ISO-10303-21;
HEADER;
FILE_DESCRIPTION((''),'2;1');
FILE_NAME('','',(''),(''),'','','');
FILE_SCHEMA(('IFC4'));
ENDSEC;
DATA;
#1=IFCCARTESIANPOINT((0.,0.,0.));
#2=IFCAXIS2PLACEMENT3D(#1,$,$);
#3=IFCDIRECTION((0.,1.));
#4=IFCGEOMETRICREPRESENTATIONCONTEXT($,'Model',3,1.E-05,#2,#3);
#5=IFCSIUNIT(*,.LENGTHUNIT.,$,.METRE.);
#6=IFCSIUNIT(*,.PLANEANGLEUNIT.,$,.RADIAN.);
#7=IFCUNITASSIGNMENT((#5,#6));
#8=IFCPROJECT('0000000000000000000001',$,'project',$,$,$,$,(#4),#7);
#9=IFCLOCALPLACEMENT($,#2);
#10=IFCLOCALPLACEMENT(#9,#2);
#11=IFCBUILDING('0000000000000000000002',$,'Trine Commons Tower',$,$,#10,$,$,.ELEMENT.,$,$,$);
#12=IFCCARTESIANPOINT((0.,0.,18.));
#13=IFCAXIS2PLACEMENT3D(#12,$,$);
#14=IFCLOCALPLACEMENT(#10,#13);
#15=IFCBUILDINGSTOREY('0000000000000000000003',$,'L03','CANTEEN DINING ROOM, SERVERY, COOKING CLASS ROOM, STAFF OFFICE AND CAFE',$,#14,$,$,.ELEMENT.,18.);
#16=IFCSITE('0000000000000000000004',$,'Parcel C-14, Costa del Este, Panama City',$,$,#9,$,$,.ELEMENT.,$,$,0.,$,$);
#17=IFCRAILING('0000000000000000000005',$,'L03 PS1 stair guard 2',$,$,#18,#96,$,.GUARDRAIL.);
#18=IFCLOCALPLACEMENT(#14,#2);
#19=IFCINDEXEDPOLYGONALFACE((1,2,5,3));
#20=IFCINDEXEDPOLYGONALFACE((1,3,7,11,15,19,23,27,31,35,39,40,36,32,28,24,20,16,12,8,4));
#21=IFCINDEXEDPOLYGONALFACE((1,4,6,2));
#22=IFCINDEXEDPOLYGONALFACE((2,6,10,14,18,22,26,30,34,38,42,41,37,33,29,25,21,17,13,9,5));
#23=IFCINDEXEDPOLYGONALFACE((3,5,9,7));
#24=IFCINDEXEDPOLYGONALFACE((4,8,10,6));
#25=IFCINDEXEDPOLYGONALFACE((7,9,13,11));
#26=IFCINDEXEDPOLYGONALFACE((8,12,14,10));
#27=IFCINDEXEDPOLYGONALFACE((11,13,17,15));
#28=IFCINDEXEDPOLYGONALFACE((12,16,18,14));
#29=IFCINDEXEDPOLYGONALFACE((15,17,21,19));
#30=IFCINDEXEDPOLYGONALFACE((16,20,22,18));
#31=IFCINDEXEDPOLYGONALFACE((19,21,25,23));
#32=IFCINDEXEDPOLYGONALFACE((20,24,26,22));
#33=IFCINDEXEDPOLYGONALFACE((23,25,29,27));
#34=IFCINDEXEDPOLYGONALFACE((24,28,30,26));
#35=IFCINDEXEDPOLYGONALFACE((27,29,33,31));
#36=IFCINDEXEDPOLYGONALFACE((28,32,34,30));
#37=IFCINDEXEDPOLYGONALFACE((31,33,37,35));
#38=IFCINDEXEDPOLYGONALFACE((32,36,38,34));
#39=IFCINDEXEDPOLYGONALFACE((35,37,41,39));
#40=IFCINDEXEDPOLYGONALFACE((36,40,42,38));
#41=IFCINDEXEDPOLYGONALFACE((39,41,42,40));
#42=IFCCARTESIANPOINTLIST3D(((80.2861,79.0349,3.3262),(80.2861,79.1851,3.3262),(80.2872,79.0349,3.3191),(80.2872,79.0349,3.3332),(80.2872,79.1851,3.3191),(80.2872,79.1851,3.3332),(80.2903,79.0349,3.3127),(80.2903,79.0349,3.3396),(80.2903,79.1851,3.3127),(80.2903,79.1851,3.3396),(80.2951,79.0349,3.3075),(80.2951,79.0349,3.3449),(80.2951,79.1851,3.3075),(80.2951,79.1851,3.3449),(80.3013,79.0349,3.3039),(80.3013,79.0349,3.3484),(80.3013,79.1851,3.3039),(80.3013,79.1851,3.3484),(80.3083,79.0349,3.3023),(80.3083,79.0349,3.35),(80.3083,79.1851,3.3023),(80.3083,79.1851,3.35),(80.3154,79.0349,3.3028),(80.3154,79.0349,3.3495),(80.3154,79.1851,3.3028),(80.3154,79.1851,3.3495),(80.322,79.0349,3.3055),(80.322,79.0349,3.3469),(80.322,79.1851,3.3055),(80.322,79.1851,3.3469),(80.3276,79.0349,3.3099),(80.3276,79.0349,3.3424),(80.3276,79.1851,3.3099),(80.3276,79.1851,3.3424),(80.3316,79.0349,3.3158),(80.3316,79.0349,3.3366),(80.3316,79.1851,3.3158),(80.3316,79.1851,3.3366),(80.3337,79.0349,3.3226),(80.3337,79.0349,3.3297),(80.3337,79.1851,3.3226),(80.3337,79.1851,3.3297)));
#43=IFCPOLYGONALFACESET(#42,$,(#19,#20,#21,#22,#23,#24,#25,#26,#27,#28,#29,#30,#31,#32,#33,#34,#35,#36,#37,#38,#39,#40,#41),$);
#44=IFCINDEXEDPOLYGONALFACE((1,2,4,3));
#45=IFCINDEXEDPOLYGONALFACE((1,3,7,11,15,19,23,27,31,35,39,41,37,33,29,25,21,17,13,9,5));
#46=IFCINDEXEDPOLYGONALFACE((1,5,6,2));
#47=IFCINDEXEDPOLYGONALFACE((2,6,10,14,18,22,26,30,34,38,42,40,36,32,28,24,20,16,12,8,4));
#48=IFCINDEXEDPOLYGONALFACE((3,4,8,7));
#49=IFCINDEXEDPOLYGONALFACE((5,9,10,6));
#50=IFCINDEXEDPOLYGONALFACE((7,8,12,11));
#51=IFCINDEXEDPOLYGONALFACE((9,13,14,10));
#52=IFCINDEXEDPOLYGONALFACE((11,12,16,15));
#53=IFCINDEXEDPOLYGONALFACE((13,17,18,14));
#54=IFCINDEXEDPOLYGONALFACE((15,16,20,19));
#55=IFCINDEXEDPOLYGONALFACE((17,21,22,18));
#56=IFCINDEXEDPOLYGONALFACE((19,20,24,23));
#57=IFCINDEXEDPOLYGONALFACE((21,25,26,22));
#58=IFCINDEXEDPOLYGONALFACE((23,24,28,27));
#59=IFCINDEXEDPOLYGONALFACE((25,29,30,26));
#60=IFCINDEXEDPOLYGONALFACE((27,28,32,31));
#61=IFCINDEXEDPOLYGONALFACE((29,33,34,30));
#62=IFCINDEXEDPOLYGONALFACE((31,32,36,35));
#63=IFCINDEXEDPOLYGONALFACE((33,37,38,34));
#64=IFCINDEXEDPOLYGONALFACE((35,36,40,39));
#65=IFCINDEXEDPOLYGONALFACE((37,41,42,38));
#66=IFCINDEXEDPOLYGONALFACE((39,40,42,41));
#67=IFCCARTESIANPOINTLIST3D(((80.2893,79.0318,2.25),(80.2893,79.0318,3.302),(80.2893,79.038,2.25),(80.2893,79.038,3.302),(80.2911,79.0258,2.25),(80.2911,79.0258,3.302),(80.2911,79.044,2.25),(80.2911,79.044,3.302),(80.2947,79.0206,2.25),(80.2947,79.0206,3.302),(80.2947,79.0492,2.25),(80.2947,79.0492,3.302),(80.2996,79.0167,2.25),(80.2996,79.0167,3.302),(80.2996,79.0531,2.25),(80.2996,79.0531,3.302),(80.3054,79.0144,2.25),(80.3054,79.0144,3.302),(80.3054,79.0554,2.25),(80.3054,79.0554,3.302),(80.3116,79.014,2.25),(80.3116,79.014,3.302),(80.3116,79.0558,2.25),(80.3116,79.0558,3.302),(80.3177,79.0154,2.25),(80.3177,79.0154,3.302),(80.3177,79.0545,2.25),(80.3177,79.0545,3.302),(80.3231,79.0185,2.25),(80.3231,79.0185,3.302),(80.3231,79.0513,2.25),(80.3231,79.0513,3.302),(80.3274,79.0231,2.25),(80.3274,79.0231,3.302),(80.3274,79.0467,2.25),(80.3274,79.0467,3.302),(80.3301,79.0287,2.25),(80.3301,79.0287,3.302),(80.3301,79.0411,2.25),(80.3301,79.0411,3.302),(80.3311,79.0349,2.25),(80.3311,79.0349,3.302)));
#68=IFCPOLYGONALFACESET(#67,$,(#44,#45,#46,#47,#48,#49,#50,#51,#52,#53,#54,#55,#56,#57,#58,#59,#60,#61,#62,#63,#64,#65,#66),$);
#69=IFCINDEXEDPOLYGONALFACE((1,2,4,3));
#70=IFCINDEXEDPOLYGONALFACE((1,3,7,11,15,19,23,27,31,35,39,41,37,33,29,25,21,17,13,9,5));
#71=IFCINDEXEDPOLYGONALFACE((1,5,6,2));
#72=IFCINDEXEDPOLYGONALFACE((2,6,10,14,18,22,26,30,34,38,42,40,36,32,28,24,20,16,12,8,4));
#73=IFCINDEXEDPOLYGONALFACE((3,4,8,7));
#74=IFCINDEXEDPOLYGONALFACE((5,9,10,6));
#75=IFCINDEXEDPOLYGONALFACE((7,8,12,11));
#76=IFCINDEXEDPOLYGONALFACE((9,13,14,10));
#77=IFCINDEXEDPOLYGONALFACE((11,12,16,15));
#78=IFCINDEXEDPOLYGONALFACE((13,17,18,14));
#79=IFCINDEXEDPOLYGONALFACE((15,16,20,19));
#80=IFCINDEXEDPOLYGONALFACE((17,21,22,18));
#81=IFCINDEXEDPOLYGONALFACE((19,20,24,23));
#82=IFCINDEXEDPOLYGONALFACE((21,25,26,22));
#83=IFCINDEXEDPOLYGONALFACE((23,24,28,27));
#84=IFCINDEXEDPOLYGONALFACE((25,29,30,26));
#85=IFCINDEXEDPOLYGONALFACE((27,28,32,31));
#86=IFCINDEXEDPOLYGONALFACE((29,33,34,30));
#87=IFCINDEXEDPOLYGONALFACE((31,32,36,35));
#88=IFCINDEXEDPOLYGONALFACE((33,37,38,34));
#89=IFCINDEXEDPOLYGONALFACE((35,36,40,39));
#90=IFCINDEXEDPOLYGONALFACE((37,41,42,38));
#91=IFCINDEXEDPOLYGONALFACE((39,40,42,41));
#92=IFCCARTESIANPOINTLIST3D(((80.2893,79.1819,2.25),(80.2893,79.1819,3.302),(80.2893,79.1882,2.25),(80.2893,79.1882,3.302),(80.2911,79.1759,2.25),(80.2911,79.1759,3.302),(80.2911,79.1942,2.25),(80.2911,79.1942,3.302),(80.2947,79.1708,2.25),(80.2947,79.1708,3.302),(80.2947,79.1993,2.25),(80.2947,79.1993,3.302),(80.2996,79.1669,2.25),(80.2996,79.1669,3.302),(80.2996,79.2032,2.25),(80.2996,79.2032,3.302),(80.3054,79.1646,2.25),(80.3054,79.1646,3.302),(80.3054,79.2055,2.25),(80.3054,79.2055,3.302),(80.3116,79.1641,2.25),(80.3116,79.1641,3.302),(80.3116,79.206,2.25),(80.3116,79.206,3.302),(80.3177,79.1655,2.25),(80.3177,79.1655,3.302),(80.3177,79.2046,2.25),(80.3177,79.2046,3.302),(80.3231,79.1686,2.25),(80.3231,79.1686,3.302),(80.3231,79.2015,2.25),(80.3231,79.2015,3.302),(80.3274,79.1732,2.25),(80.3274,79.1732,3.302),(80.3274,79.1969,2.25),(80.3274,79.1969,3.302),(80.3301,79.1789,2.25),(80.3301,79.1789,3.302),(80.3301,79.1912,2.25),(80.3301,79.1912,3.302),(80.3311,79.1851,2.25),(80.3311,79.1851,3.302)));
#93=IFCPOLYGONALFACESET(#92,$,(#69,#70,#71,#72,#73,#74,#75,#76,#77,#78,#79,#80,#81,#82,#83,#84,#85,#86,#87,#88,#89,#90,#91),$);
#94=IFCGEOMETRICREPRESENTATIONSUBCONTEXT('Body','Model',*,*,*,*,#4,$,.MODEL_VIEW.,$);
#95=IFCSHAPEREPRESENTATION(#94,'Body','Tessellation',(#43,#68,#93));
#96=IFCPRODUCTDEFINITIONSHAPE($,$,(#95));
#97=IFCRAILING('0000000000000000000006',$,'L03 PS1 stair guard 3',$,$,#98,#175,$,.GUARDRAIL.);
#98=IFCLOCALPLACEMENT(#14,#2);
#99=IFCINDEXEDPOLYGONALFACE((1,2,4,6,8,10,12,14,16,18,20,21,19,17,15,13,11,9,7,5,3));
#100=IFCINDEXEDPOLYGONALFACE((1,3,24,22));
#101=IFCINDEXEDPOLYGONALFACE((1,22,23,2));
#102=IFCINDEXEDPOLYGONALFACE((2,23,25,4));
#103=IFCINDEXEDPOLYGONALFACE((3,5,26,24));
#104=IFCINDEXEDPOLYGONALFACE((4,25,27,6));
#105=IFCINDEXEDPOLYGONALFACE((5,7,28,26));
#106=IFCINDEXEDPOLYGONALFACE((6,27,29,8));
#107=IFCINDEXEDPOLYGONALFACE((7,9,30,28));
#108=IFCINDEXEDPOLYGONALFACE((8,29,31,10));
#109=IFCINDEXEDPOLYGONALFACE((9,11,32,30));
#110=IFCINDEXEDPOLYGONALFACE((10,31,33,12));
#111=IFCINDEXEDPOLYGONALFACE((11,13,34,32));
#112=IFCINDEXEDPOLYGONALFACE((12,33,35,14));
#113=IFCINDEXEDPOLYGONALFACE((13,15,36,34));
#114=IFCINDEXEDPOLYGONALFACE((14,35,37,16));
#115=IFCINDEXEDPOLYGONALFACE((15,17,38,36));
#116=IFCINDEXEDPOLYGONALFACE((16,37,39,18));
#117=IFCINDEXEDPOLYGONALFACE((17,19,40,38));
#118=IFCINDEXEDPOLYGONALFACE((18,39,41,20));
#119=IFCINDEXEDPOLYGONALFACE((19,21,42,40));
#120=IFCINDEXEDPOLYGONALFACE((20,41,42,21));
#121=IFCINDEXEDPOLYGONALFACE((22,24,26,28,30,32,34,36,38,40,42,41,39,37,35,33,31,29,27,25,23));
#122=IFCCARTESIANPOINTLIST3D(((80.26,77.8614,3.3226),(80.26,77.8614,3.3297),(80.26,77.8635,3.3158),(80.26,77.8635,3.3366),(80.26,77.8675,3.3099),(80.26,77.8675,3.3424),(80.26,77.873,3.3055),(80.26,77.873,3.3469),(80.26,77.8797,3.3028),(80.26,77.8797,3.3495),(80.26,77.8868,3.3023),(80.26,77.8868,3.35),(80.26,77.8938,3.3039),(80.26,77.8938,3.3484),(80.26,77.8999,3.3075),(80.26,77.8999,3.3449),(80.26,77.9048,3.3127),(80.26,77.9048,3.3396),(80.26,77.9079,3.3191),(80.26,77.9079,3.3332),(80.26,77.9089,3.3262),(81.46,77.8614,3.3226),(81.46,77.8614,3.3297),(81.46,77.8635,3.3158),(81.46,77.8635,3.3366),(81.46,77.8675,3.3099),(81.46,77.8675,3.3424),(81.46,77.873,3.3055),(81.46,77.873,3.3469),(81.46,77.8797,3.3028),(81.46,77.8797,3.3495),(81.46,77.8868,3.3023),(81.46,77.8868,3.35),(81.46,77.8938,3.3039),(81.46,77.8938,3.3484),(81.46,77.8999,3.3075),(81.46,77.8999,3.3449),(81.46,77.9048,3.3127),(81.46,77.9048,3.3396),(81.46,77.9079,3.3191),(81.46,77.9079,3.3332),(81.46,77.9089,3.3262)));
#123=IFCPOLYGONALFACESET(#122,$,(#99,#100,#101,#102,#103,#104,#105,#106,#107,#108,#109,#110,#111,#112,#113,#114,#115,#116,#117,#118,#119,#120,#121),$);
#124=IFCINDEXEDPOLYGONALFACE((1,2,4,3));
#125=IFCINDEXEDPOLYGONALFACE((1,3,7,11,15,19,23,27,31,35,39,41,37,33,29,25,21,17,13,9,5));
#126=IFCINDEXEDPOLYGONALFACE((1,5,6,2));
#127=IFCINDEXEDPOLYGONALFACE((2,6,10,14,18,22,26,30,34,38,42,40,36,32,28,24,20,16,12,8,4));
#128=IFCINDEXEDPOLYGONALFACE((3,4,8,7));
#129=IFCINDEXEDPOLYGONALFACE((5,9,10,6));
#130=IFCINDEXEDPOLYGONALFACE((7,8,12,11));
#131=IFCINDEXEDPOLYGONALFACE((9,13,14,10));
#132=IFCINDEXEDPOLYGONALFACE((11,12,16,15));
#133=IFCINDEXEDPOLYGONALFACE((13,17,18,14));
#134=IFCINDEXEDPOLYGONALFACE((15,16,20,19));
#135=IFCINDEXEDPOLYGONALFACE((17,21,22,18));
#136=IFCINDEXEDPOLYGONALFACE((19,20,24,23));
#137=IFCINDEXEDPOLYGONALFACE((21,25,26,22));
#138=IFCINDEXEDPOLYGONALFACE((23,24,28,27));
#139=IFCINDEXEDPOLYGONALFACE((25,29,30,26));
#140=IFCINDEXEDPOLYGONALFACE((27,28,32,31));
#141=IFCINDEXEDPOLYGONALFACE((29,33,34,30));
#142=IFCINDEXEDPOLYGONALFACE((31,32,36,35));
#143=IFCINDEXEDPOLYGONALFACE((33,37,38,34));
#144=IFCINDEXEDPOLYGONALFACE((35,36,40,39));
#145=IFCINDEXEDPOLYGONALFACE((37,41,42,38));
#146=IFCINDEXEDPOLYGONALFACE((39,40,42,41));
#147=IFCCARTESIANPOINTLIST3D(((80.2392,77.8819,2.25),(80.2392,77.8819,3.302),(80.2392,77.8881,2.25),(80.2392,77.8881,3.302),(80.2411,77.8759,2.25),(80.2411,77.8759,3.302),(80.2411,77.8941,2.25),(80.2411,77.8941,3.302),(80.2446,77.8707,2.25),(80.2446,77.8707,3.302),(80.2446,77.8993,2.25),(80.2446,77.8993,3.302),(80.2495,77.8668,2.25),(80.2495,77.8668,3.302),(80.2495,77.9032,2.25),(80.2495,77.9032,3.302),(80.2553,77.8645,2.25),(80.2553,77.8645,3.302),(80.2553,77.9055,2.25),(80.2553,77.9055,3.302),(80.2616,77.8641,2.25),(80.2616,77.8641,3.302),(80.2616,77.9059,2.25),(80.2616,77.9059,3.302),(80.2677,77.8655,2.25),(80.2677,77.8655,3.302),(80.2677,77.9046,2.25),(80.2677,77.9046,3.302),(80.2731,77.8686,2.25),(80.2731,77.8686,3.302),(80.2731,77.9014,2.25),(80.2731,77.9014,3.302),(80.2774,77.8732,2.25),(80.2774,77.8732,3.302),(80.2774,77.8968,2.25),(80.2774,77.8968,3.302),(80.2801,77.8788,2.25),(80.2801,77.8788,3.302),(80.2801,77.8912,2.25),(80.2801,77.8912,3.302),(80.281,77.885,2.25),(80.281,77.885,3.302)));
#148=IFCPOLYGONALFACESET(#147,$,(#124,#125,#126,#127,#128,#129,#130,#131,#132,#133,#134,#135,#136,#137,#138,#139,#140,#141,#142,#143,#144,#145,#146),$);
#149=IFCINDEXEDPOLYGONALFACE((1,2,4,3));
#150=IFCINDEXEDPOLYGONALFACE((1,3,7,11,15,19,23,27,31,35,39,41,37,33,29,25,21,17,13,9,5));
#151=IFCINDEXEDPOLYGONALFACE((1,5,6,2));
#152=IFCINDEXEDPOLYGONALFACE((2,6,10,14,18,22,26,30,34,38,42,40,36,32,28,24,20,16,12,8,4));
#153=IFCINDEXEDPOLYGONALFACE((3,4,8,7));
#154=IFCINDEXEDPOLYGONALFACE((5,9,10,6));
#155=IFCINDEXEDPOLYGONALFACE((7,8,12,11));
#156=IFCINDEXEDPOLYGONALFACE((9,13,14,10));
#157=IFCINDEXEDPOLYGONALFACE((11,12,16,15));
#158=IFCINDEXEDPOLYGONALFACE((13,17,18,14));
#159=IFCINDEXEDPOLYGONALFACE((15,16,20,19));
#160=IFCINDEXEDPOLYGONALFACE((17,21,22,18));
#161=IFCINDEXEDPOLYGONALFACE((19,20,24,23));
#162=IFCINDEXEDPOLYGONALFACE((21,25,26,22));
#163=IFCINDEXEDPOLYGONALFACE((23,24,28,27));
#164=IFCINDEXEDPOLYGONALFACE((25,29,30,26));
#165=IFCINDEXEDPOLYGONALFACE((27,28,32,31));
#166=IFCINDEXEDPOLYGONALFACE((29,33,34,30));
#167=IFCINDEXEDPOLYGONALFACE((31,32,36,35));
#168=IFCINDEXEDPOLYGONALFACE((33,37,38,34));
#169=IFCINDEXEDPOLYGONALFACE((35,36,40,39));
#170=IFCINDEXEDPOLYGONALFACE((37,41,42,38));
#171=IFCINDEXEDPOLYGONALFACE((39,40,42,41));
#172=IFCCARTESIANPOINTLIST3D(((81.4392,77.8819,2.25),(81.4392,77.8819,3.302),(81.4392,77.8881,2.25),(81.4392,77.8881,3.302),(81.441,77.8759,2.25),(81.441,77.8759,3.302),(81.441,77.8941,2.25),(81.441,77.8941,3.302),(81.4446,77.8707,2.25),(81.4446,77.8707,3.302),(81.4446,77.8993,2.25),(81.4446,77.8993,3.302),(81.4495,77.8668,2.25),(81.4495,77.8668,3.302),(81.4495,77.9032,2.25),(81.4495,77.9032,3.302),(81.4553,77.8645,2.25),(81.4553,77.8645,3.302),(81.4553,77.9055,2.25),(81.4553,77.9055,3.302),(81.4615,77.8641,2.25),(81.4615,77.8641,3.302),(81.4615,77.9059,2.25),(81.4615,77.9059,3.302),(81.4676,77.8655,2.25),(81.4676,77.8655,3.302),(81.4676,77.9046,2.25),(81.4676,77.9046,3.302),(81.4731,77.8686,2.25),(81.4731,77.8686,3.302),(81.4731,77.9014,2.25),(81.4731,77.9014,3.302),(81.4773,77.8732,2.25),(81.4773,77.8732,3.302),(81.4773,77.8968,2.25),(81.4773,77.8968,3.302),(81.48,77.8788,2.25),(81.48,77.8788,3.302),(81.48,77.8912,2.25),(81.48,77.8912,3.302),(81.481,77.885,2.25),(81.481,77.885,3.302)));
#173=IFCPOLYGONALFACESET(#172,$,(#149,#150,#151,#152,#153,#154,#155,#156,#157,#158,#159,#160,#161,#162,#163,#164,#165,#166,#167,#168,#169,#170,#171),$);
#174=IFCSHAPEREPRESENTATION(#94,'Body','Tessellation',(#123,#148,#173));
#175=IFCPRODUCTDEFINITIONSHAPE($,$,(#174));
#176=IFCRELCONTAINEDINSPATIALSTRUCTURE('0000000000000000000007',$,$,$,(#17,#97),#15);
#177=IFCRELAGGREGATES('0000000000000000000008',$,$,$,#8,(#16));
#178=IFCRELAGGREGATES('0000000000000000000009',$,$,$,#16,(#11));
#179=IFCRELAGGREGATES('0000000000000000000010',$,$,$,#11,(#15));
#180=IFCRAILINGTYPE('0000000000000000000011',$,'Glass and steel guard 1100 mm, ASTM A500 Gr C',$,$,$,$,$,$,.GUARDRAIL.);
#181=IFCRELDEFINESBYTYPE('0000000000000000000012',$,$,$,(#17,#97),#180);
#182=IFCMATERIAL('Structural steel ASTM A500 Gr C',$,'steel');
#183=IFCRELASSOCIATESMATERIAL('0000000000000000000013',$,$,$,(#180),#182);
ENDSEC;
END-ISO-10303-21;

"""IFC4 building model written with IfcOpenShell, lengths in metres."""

from ifc_helpers import new_model, si_unit, direction, frame, origin, origin_2d, place, context, subcontext, project, spatial, circle, extrude, material, type_object, element, save


model = new_model("IFC4")

# Units and contexts
model_context = context("Model", 3, precision=1e-05, world=origin(), true_north=direction((0.0, 1.0)))
body_context = subcontext(model_context, "Body", "Model", "MODEL_VIEW")
ifc_project = project(units=[si_unit("LENGTHUNIT", "METRE"), si_unit("PLANEANGLEUNIT", "RADIAN")], contexts=[model_context])

# Site, building, storey
site_placement = place(None, origin())
site = spatial("IfcSite", under=ifc_project, at=site_placement, Name="Parcel C-14, Costa del Este, Panama City", CompositionType="ELEMENT", RefElevation=0.0)
building_placement = place(site_placement, origin())
building = spatial("IfcBuilding", under=site, at=building_placement, Name="Trine Commons Tower", CompositionType="ELEMENT")
storey_placement = place(building_placement, frame((0.0, 0.0, 18.0)))
storey = spatial("IfcBuildingStorey", under=building, at=storey_placement, Name="L03", Description="CANTEEN DINING ROOM, SERVERY, COOKING CLASS ROOM, STAFF OFFICE AND CAFE", CompositionType="ELEMENT", Elevation=18.0)

# Railings
ifc_material_1 = material(Name="Structural steel ASTM A500 Gr C", Category="steel")
railing_type_1 = type_object("IfcRailingType", Name="Glass and steel guard 1100 mm, ASTM A500 Gr C", PredefinedType="GUARDRAIL", material=ifc_material_1)
railing_1_placement = place(storey_placement, frame((80.3101, 79.0349, 2.25)))
element("IfcRailing", 1, at=railing_1_placement, inside=storey, type_object=railing_type_1, Name="L03 PS1 stair guard 2", PredefinedType="GUARDRAIL", context=body_context, shape_type="SweptSolid", body=[
    extrude(circle(Radius=0.0239, at=origin_2d()), frame((0.0, 0.0, 1.0762), z_axis=(0.0, 1.0, 0.0), x_axis=(-1.0, 0.0, 0.0)), (0.0, 0.0, 1.0), 0.1501),
    extrude(circle(Radius=0.021, at=origin_2d()), origin(), (0.0, 0.0, 1.0), 1.052),
    extrude(circle(Radius=0.021, at=origin_2d()), frame((0.0, 0.1501, 0.0)), (0.0, 0.0, 1.0), 1.052),
])
for number, where, name in (
    (2, (80.26, 77.885, 2.25), "L03 PS1 stair guard 3"),
):
    element("IfcRailing", number, at=place(storey_placement, frame(where)), inside=storey, type_object=railing_type_1, Name=name, PredefinedType="GUARDRAIL", context=body_context, shape_type="SweptSolid", body=[
        extrude(circle(Radius=0.0239, at=origin_2d()), frame((0.0, 0.0, 1.0762), z_axis=(1.0, 0.0, 0.0), x_axis=(0.0, 1.0, 0.0)), (0.0, 0.0, 1.0), 1.2),
        extrude(circle(Radius=0.021, at=origin_2d()), origin(), (0.0, 0.0, 1.0), 1.052),
        extrude(circle(Radius=0.021, at=origin_2d()), frame((1.2, 0.0, 0.0)), (0.0, 0.0, 1.0), 1.052),
    ])

save(model, "model.ifc")
